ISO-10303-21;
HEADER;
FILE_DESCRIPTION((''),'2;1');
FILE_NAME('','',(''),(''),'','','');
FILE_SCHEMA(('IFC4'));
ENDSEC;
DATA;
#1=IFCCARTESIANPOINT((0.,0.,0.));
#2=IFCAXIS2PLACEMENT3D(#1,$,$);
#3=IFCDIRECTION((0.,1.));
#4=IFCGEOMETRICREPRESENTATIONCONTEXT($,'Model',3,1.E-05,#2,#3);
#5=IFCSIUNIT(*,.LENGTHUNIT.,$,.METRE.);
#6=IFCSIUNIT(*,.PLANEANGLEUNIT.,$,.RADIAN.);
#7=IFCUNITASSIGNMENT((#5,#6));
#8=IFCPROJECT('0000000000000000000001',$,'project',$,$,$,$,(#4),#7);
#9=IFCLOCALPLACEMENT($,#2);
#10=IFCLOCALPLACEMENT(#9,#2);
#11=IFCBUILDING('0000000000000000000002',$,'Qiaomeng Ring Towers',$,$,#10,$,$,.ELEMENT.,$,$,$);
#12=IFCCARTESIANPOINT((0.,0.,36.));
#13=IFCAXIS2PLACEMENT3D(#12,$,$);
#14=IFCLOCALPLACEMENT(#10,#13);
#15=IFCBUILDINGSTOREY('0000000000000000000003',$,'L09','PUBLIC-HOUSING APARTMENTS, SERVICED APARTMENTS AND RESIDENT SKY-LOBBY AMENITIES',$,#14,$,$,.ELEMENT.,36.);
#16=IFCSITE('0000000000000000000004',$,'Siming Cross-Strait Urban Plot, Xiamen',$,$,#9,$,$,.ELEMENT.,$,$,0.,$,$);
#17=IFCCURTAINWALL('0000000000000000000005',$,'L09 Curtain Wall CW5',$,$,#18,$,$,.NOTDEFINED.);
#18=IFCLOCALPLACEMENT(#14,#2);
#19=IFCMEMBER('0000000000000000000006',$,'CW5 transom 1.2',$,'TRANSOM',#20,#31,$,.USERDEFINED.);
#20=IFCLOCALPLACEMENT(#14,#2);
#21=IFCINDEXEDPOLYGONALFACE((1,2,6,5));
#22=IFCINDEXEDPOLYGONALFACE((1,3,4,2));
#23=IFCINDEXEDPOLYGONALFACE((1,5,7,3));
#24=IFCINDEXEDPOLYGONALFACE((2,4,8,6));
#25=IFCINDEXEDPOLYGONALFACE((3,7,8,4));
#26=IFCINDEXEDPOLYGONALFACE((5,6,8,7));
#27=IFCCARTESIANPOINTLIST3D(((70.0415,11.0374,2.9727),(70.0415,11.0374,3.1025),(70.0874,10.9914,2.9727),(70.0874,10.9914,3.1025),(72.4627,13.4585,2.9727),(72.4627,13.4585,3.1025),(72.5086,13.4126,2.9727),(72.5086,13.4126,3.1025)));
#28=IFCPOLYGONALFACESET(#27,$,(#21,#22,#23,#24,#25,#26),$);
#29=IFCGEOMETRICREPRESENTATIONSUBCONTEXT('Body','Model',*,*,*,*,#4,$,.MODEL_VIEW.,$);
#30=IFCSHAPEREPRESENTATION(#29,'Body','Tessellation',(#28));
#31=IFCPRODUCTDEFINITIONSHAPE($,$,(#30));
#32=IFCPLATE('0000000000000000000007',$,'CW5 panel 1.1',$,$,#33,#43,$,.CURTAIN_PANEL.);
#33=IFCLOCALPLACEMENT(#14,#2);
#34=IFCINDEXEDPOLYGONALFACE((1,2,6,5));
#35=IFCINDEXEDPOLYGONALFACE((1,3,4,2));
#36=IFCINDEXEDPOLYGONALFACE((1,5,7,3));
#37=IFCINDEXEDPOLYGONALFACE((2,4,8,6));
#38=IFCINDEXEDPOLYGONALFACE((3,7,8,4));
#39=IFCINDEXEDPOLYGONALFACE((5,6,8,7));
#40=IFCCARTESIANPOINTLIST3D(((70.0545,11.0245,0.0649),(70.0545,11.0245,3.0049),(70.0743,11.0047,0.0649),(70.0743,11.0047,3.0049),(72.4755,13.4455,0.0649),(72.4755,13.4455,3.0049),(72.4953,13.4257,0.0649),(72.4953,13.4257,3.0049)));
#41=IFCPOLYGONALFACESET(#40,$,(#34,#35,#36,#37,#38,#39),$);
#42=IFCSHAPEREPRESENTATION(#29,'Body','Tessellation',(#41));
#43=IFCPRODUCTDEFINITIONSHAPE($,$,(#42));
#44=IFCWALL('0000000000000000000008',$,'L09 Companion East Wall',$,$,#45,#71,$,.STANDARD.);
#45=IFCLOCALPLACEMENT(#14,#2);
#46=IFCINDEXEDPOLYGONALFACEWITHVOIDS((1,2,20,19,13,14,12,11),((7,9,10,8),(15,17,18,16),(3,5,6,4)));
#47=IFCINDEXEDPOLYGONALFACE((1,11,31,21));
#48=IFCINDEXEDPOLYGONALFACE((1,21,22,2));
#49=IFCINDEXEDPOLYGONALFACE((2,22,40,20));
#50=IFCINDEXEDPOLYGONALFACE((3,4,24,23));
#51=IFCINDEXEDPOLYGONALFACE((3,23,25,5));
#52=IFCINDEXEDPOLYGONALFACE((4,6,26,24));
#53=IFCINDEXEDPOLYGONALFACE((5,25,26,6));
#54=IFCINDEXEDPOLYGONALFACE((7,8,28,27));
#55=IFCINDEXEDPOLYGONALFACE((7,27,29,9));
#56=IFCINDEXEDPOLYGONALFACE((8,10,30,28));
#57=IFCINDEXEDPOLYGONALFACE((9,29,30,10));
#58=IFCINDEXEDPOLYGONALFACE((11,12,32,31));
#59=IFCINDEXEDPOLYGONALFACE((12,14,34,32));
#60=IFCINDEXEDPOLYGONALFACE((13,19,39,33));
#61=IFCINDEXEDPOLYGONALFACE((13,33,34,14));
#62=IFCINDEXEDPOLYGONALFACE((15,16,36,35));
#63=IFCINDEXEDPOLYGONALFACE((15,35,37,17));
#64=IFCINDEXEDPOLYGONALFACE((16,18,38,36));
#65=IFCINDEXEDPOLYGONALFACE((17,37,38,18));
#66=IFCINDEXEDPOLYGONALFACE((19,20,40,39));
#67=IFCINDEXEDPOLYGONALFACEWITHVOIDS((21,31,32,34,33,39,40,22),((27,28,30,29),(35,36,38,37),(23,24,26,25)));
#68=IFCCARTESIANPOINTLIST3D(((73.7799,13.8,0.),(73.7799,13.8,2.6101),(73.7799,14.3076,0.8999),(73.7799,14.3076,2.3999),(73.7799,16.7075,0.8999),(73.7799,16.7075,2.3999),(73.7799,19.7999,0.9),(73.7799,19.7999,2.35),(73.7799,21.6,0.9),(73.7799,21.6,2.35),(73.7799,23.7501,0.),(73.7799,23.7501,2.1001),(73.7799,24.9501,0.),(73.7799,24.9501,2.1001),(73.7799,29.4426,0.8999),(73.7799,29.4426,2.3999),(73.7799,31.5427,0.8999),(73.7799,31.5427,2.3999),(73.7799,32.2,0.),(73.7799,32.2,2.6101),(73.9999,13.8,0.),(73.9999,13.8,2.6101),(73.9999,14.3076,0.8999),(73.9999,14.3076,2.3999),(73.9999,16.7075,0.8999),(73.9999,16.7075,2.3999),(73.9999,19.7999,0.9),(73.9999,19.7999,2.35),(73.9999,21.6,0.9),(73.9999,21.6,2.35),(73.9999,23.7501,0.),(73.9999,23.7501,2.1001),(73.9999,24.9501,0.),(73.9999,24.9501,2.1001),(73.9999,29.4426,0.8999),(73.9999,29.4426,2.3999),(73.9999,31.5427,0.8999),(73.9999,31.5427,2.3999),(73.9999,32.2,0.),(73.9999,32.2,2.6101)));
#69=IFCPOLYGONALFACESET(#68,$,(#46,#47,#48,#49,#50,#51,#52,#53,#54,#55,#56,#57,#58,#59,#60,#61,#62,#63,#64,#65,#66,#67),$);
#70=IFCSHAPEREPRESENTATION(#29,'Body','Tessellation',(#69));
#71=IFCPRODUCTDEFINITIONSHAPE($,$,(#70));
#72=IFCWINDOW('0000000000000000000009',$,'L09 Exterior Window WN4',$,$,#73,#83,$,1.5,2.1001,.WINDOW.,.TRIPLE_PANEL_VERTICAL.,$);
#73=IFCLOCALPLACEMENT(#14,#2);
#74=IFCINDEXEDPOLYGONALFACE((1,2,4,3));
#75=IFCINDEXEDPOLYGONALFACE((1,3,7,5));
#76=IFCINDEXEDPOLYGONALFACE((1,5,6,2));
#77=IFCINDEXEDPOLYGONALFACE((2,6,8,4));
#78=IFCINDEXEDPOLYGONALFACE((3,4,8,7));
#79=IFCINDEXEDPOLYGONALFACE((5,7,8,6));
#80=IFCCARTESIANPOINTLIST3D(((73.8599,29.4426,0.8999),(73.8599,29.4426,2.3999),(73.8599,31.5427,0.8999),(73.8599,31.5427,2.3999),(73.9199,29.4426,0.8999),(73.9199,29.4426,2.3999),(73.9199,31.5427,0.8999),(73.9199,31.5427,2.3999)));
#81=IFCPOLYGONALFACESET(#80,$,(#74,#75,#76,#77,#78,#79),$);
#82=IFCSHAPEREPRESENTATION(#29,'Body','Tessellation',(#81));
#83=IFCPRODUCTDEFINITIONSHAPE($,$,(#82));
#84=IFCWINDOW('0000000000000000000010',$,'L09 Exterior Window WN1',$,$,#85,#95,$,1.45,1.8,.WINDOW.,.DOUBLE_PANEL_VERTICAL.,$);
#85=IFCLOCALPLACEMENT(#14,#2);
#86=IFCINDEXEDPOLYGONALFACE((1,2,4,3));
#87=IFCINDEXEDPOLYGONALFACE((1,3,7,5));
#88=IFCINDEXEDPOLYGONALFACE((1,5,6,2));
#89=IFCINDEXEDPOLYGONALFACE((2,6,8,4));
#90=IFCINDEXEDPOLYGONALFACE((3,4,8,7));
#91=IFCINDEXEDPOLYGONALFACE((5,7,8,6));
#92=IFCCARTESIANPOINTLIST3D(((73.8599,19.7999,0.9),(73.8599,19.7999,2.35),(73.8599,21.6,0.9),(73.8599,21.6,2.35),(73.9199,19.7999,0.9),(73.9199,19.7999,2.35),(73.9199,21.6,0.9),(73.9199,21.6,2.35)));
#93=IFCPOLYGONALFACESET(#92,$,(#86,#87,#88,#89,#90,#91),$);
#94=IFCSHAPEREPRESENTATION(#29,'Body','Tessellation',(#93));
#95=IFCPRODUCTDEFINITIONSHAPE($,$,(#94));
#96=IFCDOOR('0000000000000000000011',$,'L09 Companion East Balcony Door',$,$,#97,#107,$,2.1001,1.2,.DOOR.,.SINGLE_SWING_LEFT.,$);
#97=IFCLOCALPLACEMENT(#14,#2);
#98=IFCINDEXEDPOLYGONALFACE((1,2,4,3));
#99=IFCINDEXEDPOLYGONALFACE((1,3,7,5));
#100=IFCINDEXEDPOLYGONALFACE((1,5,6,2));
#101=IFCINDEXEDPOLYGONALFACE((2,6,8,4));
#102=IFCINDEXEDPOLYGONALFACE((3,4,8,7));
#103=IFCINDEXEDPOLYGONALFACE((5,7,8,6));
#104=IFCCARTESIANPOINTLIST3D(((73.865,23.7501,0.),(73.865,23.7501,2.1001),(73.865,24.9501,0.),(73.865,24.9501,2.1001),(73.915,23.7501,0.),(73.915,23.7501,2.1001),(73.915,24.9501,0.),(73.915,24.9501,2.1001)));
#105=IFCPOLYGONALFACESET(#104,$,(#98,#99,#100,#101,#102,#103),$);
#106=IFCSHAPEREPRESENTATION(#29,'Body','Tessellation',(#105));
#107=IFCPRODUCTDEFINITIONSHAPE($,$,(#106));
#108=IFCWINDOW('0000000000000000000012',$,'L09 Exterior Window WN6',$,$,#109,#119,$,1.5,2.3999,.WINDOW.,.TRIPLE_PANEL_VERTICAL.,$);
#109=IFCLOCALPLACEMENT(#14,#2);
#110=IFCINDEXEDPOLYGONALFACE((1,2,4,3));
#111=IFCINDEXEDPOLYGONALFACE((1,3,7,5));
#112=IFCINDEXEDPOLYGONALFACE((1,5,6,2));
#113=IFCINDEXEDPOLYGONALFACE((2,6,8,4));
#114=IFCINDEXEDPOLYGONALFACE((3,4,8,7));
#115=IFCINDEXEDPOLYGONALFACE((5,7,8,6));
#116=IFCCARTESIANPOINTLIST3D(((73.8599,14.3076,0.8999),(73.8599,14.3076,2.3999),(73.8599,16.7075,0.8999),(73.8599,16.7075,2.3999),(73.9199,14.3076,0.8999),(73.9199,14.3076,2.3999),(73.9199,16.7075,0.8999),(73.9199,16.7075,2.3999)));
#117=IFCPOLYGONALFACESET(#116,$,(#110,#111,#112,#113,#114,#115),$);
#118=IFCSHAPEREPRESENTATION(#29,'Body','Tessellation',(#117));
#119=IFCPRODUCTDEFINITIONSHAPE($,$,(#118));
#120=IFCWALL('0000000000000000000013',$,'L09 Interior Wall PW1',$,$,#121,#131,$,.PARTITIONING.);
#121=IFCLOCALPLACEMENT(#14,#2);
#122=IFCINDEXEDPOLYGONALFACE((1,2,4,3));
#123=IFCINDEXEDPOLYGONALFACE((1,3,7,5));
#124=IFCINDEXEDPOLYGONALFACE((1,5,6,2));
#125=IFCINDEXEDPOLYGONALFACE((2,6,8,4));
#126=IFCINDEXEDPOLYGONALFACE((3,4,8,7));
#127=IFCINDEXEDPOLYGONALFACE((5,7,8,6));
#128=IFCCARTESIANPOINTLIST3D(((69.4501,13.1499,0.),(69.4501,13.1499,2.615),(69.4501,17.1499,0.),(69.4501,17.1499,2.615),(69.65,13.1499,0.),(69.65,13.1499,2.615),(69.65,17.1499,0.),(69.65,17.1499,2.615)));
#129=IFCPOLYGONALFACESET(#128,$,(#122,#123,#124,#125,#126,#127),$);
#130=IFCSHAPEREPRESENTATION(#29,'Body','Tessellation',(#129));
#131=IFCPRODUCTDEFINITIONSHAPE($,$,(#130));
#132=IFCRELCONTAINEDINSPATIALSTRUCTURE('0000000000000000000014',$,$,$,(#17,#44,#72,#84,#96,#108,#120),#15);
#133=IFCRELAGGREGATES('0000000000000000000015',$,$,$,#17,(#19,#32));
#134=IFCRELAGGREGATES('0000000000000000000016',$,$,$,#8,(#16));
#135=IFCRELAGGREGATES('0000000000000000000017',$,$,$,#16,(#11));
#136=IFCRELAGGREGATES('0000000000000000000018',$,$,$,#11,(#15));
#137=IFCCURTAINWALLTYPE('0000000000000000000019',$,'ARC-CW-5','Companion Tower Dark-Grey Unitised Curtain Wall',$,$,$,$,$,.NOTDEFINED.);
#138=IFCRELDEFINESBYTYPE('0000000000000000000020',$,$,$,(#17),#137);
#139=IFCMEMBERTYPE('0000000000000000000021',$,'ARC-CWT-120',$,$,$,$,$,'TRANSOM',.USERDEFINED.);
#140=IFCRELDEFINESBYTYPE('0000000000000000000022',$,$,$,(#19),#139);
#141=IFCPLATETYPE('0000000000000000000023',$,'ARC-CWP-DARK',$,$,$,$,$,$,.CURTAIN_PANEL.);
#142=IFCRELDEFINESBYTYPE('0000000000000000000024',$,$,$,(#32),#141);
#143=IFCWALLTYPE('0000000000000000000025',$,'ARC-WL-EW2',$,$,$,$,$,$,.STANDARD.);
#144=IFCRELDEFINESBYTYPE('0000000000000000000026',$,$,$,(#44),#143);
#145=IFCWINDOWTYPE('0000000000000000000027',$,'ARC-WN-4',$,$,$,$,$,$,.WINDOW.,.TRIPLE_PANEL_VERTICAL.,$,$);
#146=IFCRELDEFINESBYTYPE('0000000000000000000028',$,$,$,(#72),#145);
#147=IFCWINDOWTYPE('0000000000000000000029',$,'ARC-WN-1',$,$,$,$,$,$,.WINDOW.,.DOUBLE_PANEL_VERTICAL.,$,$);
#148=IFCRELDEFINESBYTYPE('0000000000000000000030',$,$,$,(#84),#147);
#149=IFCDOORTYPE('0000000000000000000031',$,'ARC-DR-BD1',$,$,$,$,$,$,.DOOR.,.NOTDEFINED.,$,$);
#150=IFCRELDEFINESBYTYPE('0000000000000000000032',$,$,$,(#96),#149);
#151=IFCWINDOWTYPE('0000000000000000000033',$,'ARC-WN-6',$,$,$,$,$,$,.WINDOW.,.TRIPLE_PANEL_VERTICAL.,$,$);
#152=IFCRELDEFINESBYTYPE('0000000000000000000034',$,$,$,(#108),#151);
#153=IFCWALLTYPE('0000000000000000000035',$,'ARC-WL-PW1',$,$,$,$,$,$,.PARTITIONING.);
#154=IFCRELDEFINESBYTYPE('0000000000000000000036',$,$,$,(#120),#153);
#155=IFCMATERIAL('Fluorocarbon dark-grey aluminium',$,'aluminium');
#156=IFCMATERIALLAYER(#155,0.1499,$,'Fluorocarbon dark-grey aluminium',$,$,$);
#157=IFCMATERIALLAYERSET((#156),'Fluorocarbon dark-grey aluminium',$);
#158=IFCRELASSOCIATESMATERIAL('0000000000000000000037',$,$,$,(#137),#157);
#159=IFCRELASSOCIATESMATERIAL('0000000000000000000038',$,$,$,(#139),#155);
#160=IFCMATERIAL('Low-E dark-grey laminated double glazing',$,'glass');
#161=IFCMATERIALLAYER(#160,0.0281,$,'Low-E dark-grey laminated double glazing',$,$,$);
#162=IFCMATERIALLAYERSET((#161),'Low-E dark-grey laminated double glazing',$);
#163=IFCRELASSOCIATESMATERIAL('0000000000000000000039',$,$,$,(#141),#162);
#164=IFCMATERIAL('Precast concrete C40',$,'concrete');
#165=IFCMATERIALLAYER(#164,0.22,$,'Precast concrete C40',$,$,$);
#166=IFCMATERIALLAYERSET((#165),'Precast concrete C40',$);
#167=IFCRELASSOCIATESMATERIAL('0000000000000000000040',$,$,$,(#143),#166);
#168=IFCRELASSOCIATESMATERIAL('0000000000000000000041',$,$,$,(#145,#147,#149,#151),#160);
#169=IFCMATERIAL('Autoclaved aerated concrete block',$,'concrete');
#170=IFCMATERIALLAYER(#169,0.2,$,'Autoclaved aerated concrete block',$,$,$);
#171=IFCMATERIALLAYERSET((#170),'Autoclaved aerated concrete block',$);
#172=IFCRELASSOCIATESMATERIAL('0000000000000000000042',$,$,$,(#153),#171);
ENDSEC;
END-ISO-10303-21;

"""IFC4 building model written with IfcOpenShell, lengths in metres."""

from ifc_helpers import new_model, si_unit, direction, frame, frame_2d, origin, origin_2d, place, context, subcontext, project, spatial, rectangle, extrude, source, transform, mapped, material, layer, layer_set, material_profile, profile_set, type_object, element, fill, aggregate, save


model = new_model("IFC4")

# Units and contexts
model_context = context("Model", 3, precision=1e-05, world=origin(), true_north=direction((0.0, 1.0)))
body_context = subcontext(model_context, "Body", "Model", "MODEL_VIEW")
ifc_project = project(units=[si_unit("LENGTHUNIT", "METRE"), si_unit("PLANEANGLEUNIT", "RADIAN")], contexts=[model_context])

# Site, building, storey
site_placement = place(None, origin())
site = spatial("IfcSite", under=ifc_project, at=site_placement, Name="Siming Cross-Strait Urban Plot, Xiamen", CompositionType="ELEMENT", RefElevation=0.0)
building_placement = place(site_placement, origin())
building = spatial("IfcBuilding", under=site, at=building_placement, Name="Qiaomeng Ring Towers", CompositionType="ELEMENT")
storey_placement = place(building_placement, frame((0.0, 0.0, 36.0)))
storey = spatial("IfcBuildingStorey", under=building, at=storey_placement, Name="L09", Description="PUBLIC-HOUSING APARTMENTS, SERVICED APARTMENTS AND RESIDENT SKY-LOBBY AMENITIES", CompositionType="ELEMENT", Elevation=36.0)

# Curtain wall
ifc_material_1 = material(Name="Fluorocarbon dark-grey aluminium", Category="aluminium")
ifc_layer_1 = layer(ifc_material_1, 0.1499, Name="Fluorocarbon dark-grey aluminium")
ifc_layer_set_1 = layer_set([ifc_layer_1], Name="Fluorocarbon dark-grey aluminium")
curtain_wall_type = type_object("IfcCurtainWallType", Name="ARC-CW-5", Description="Companion Tower Dark-Grey Unitised Curtain Wall", PredefinedType="NOTDEFINED", material=ifc_layer_set_1)
curtain_wall_1_placement = place(storey_placement, origin())
curtain_wall_1 = element("IfcCurtainWall", 1, at=curtain_wall_1_placement, inside=storey, type_object=curtain_wall_type, Name="L09 Curtain Wall CW5", PredefinedType="NOTDEFINED")

# Member
ifc_material_profile_1 = material_profile(ifc_material_1, rectangle(XDim=0.0649, YDim=0.1299, at=origin_2d()), Name="ALU TRAN 65x130")
ifc_profile_set_1 = profile_set([ifc_material_profile_1], Name="Fluorocarbon dark-grey aluminium")
member_type_1 = type_object("IfcMemberType", Name="ARC-CWT-120", ElementType="TRANSOM", PredefinedType="USERDEFINED", material=ifc_profile_set_1)
shared_shape_1 = source(origin(), body_context, "Body", "SweptSolid", [
    extrude(rectangle(XDim=0.0649, YDim=0.1299, at=origin_2d()), origin(), (0.0, 0.0, 1.0), 3.4241),
])
member_1_placement = place(storey_placement, frame((70.0645, 11.0144, 3.0376), z_axis=(0.707107, 0.707107, 0.0), x_axis=(-0.707107, 0.707107, 0.0)))
member_1 = element("IfcMember", 2, at=member_1_placement, type_object=member_type_1, Name="CW5 transom 1.2", ObjectType="TRANSOM", PredefinedType="USERDEFINED", context=body_context, shape_type="MappedRepresentation", body=[
    mapped(shared_shape_1, transform((0.0, 0.0, 0.0), x_axis=(1.0, 0.0, 0.0), y_axis=(0.0, 1.0, 0.0), z_axis=(0.0, 0.0, 1.0), scale=1.0)),
])

# Plate
ifc_material_2 = material(Name="Low-E dark-grey laminated double glazing", Category="glass")
ifc_layer_2 = layer(ifc_material_2, 0.0281, Name="Low-E dark-grey laminated double glazing")
ifc_layer_set_2 = layer_set([ifc_layer_2], Name="Low-E dark-grey laminated double glazing")
plate_type = type_object("IfcPlateType", Name="ARC-CWP-DARK", PredefinedType="CURTAIN_PANEL", material=ifc_layer_set_2)
shared_shape_2 = source(origin(), body_context, "Body", "SweptSolid", [
    extrude(rectangle(XDim=3.4238, YDim=0.0281, at=origin_2d()), origin(), (0.0, 0.0, 1.0), 2.9399),
])
plate_placement = place(storey_placement, frame((71.2749, 12.2251, 0.0649), z_axis=(0.0, 0.0, 1.0), x_axis=(0.707107, 0.707107, 0.0)))
plate = element("IfcPlate", 3, at=plate_placement, type_object=plate_type, Name="CW5 panel 1.1", PredefinedType="CURTAIN_PANEL", context=body_context, shape_type="MappedRepresentation", body=[
    mapped(shared_shape_2, transform((0.0, 0.0, 0.0), x_axis=(1.0, 0.0, 0.0), y_axis=(0.0, 1.0, 0.0), z_axis=(0.0, 0.0, 1.0), scale=1.0)),
])
aggregate(curtain_wall_1, [member_1, plate])

# Wall, openings, windows, door
ifc_material_3 = material(Name="Precast concrete C40", Category="concrete")
ifc_layer_3 = layer(ifc_material_3, 0.22, Name="Precast concrete C40")
ifc_layer_set_3 = layer_set([ifc_layer_3], Name="Precast concrete C40")
wall_type_1 = type_object("IfcWallType", Name="ARC-WL-EW2", PredefinedType="STANDARD", material=ifc_layer_set_3)
wall_1_placement = place(storey_placement, frame((73.8899, 13.8, 0.0), z_axis=(0.0, 0.0, 1.0), x_axis=(0.0, 1.0, 0.0)))
wall_1 = element("IfcWall", 4, at=wall_1_placement, inside=storey, type_object=wall_type_1, Name="L09 Companion East Wall", PredefinedType="STANDARD", context=body_context, shape_type="SweptSolid", body=[
    extrude(rectangle(XDim=18.3999, YDim=0.22, at=frame_2d((9.2, 0.0))), origin(), (0.0, 0.0, 1.0), 2.6101),
])
opening_1_placement = place(wall_1_placement, frame((9.95, 0.0, 0.0)))
opening_1 = element("IfcOpeningElement", 5, at=opening_1_placement, cuts=wall_1, PredefinedType="OPENING", context=body_context, shape_type="SweptSolid", body=[
    extrude(rectangle(XDim=1.2, YDim=2.1001, at=frame_2d((0.6001, 1.05))), frame((0.0, 0.1199, 0.0), z_axis=(0.0, -1.0, 0.0), x_axis=(1.0, 0.0, 0.0)), (0.0, 0.0, 1.0), 0.24),
])
opening_2_placement = place(wall_1_placement, frame((0.5076, 0.0, 0.8999)))
opening_2 = element("IfcOpeningElement", 6, at=opening_2_placement, cuts=wall_1, PredefinedType="OPENING", context=body_context, shape_type="SweptSolid", body=[
    extrude(rectangle(XDim=2.3999, YDim=1.5, at=frame_2d((1.2, 0.75))), frame((0.0, 0.1199, 0.0), z_axis=(0.0, -1.0, 0.0), x_axis=(1.0, 0.0, 0.0)), (0.0, 0.0, 1.0), 0.24),
])
opening_3_placement = place(wall_1_placement, frame((6.0, 0.0, 0.8999)))
opening_3 = element("IfcOpeningElement", 7, at=opening_3_placement, cuts=wall_1, PredefinedType="OPENING", context=body_context, shape_type="SweptSolid", body=[
    extrude(rectangle(XDim=1.8, YDim=1.45, at=frame_2d((0.8999, 0.7251))), frame((0.0, 0.1199, 0.0), z_axis=(0.0, -1.0, 0.0), x_axis=(1.0, 0.0, 0.0)), (0.0, 0.0, 1.0), 0.24),
])
opening_4_placement = place(wall_1_placement, frame((15.6426, 0.0, 0.8999)))
opening_4 = element("IfcOpeningElement", 8, at=opening_4_placement, cuts=wall_1, PredefinedType="OPENING", context=body_context, shape_type="SweptSolid", body=[
    extrude(rectangle(XDim=2.1001, YDim=1.5, at=frame_2d((1.05, 0.75))), frame((0.0, 0.1199, 0.0), z_axis=(0.0, -1.0, 0.0), x_axis=(1.0, 0.0, 0.0)), (0.0, 0.0, 1.0), 0.24),
])
window_type_1 = type_object("IfcWindowType", Name="ARC-WN-4", PartitioningType="TRIPLE_PANEL_VERTICAL", PredefinedType="WINDOW", material=ifc_material_2)
shared_shape_3 = source(origin(), body_context, "Body", "SweptSolid", [
    extrude(rectangle(XDim=2.1001, YDim=1.5, at=frame_2d((1.05, 0.75))), frame((0.0, 0.03, 0.0), z_axis=(0.0, -1.0, 0.0), x_axis=(1.0, 0.0, 0.0)), (0.0, 0.0, 1.0), 0.0601),
])
window_1_placement = place(opening_4_placement, origin())
window_1 = element("IfcWindow", 9, at=window_1_placement, inside=storey, type_object=window_type_1, Name="L09 Exterior Window WN4", OverallHeight=1.5, OverallWidth=2.1001, PartitioningType="TRIPLE_PANEL_VERTICAL", PredefinedType="WINDOW", context=body_context, shape_type="MappedRepresentation", body=[
    mapped(shared_shape_3, transform((0.0, 0.0, 0.0), x_axis=(1.0, 0.0, 0.0), y_axis=(0.0, 1.0, 0.0), z_axis=(0.0, 0.0, 1.0), scale=1.0)),
])
fill(opening_4, window_1)
window_type_2 = type_object("IfcWindowType", Name="ARC-WN-1", PartitioningType="DOUBLE_PANEL_VERTICAL", PredefinedType="WINDOW", material=ifc_material_2)
shared_shape_4 = source(origin(), body_context, "Body", "SweptSolid", [
    extrude(rectangle(XDim=1.8, YDim=1.45, at=frame_2d((0.8999, 0.7251))), frame((0.0, 0.03, 0.0), z_axis=(0.0, -1.0, 0.0), x_axis=(1.0, 0.0, 0.0)), (0.0, 0.0, 1.0), 0.0601),
])
window_2_placement = place(opening_3_placement, origin())
window_2 = element("IfcWindow", 10, at=window_2_placement, inside=storey, type_object=window_type_2, Name="L09 Exterior Window WN1", OverallHeight=1.45, OverallWidth=1.8, PartitioningType="DOUBLE_PANEL_VERTICAL", PredefinedType="WINDOW", context=body_context, shape_type="MappedRepresentation", body=[
    mapped(shared_shape_4, transform((0.0, 0.0, 0.0), x_axis=(1.0, 0.0, 0.0), y_axis=(0.0, 1.0, 0.0), z_axis=(0.0, 0.0, 1.0), scale=1.0)),
])
fill(opening_3, window_2)
door_type_1 = type_object("IfcDoorType", Name="ARC-DR-BD1", OperationType="NOTDEFINED", PredefinedType="DOOR", material=ifc_material_2)
shared_shape_5 = source(origin(), body_context, "Body", "SweptSolid", [
    extrude(rectangle(XDim=1.2, YDim=2.1001, at=frame_2d((0.6001, 1.05))), frame((0.0, 0.0249, 0.0), z_axis=(0.0, -1.0, 0.0), x_axis=(1.0, 0.0, 0.0)), (0.0, 0.0, 1.0), 0.05),
])
door_1_placement = place(opening_1_placement, origin())
door_1 = element("IfcDoor", 11, at=door_1_placement, inside=storey, type_object=door_type_1, Name="L09 Companion East Balcony Door", OperationType="SINGLE_SWING_LEFT", OverallHeight=2.1001, OverallWidth=1.2, PredefinedType="DOOR", context=body_context, shape_type="MappedRepresentation", body=[
    mapped(shared_shape_5, transform((0.0, 0.0, 0.0), x_axis=(1.0, 0.0, 0.0), y_axis=(0.0, 1.0, 0.0), z_axis=(0.0, 0.0, 1.0), scale=1.0)),
])
fill(opening_1, door_1)
window_type_3 = type_object("IfcWindowType", Name="ARC-WN-6", PartitioningType="TRIPLE_PANEL_VERTICAL", PredefinedType="WINDOW", material=ifc_material_2)
shared_shape_6 = source(origin(), body_context, "Body", "SweptSolid", [
    extrude(rectangle(XDim=2.3999, YDim=1.5, at=frame_2d((1.2, 0.75))), frame((0.0, 0.03, 0.0), z_axis=(0.0, -1.0, 0.0), x_axis=(1.0, 0.0, 0.0)), (0.0, 0.0, 1.0), 0.0601),
])
window_3_placement = place(opening_2_placement, origin())
window_3 = element("IfcWindow", 12, at=window_3_placement, inside=storey, type_object=window_type_3, Name="L09 Exterior Window WN6", OverallHeight=1.5, OverallWidth=2.3999, PartitioningType="TRIPLE_PANEL_VERTICAL", PredefinedType="WINDOW", context=body_context, shape_type="MappedRepresentation", body=[
    mapped(shared_shape_6, transform((0.0, 0.0, 0.0), x_axis=(1.0, 0.0, 0.0), y_axis=(0.0, 1.0, 0.0), z_axis=(0.0, 0.0, 1.0), scale=1.0)),
])
fill(opening_2, window_3)

# Wall
ifc_material_4 = material(Name="Autoclaved aerated concrete block", Category="concrete")
ifc_layer_4 = layer(ifc_material_4, 0.2, Name="Autoclaved aerated concrete block")
ifc_layer_set_4 = layer_set([ifc_layer_4], Name="Autoclaved aerated concrete block")
wall_type_2 = type_object("IfcWallType", Name="ARC-WL-PW1", PredefinedType="PARTITIONING", material=ifc_layer_set_4)
wall_2_placement = place(storey_placement, frame((69.55, 13.1499, 0.0), z_axis=(0.0, 0.0, 1.0), x_axis=(0.0, 1.0, 0.0)))
element("IfcWall", 13, at=wall_2_placement, inside=storey, type_object=wall_type_2, Name="L09 Interior Wall PW1", PredefinedType="PARTITIONING", context=body_context, shape_type="SweptSolid", body=[
    extrude(rectangle(XDim=4.0, YDim=0.2, at=frame_2d((2.0, 0.0))), origin(), (0.0, 0.0, 1.0), 2.615),
])

save(model, "model.ifc")
